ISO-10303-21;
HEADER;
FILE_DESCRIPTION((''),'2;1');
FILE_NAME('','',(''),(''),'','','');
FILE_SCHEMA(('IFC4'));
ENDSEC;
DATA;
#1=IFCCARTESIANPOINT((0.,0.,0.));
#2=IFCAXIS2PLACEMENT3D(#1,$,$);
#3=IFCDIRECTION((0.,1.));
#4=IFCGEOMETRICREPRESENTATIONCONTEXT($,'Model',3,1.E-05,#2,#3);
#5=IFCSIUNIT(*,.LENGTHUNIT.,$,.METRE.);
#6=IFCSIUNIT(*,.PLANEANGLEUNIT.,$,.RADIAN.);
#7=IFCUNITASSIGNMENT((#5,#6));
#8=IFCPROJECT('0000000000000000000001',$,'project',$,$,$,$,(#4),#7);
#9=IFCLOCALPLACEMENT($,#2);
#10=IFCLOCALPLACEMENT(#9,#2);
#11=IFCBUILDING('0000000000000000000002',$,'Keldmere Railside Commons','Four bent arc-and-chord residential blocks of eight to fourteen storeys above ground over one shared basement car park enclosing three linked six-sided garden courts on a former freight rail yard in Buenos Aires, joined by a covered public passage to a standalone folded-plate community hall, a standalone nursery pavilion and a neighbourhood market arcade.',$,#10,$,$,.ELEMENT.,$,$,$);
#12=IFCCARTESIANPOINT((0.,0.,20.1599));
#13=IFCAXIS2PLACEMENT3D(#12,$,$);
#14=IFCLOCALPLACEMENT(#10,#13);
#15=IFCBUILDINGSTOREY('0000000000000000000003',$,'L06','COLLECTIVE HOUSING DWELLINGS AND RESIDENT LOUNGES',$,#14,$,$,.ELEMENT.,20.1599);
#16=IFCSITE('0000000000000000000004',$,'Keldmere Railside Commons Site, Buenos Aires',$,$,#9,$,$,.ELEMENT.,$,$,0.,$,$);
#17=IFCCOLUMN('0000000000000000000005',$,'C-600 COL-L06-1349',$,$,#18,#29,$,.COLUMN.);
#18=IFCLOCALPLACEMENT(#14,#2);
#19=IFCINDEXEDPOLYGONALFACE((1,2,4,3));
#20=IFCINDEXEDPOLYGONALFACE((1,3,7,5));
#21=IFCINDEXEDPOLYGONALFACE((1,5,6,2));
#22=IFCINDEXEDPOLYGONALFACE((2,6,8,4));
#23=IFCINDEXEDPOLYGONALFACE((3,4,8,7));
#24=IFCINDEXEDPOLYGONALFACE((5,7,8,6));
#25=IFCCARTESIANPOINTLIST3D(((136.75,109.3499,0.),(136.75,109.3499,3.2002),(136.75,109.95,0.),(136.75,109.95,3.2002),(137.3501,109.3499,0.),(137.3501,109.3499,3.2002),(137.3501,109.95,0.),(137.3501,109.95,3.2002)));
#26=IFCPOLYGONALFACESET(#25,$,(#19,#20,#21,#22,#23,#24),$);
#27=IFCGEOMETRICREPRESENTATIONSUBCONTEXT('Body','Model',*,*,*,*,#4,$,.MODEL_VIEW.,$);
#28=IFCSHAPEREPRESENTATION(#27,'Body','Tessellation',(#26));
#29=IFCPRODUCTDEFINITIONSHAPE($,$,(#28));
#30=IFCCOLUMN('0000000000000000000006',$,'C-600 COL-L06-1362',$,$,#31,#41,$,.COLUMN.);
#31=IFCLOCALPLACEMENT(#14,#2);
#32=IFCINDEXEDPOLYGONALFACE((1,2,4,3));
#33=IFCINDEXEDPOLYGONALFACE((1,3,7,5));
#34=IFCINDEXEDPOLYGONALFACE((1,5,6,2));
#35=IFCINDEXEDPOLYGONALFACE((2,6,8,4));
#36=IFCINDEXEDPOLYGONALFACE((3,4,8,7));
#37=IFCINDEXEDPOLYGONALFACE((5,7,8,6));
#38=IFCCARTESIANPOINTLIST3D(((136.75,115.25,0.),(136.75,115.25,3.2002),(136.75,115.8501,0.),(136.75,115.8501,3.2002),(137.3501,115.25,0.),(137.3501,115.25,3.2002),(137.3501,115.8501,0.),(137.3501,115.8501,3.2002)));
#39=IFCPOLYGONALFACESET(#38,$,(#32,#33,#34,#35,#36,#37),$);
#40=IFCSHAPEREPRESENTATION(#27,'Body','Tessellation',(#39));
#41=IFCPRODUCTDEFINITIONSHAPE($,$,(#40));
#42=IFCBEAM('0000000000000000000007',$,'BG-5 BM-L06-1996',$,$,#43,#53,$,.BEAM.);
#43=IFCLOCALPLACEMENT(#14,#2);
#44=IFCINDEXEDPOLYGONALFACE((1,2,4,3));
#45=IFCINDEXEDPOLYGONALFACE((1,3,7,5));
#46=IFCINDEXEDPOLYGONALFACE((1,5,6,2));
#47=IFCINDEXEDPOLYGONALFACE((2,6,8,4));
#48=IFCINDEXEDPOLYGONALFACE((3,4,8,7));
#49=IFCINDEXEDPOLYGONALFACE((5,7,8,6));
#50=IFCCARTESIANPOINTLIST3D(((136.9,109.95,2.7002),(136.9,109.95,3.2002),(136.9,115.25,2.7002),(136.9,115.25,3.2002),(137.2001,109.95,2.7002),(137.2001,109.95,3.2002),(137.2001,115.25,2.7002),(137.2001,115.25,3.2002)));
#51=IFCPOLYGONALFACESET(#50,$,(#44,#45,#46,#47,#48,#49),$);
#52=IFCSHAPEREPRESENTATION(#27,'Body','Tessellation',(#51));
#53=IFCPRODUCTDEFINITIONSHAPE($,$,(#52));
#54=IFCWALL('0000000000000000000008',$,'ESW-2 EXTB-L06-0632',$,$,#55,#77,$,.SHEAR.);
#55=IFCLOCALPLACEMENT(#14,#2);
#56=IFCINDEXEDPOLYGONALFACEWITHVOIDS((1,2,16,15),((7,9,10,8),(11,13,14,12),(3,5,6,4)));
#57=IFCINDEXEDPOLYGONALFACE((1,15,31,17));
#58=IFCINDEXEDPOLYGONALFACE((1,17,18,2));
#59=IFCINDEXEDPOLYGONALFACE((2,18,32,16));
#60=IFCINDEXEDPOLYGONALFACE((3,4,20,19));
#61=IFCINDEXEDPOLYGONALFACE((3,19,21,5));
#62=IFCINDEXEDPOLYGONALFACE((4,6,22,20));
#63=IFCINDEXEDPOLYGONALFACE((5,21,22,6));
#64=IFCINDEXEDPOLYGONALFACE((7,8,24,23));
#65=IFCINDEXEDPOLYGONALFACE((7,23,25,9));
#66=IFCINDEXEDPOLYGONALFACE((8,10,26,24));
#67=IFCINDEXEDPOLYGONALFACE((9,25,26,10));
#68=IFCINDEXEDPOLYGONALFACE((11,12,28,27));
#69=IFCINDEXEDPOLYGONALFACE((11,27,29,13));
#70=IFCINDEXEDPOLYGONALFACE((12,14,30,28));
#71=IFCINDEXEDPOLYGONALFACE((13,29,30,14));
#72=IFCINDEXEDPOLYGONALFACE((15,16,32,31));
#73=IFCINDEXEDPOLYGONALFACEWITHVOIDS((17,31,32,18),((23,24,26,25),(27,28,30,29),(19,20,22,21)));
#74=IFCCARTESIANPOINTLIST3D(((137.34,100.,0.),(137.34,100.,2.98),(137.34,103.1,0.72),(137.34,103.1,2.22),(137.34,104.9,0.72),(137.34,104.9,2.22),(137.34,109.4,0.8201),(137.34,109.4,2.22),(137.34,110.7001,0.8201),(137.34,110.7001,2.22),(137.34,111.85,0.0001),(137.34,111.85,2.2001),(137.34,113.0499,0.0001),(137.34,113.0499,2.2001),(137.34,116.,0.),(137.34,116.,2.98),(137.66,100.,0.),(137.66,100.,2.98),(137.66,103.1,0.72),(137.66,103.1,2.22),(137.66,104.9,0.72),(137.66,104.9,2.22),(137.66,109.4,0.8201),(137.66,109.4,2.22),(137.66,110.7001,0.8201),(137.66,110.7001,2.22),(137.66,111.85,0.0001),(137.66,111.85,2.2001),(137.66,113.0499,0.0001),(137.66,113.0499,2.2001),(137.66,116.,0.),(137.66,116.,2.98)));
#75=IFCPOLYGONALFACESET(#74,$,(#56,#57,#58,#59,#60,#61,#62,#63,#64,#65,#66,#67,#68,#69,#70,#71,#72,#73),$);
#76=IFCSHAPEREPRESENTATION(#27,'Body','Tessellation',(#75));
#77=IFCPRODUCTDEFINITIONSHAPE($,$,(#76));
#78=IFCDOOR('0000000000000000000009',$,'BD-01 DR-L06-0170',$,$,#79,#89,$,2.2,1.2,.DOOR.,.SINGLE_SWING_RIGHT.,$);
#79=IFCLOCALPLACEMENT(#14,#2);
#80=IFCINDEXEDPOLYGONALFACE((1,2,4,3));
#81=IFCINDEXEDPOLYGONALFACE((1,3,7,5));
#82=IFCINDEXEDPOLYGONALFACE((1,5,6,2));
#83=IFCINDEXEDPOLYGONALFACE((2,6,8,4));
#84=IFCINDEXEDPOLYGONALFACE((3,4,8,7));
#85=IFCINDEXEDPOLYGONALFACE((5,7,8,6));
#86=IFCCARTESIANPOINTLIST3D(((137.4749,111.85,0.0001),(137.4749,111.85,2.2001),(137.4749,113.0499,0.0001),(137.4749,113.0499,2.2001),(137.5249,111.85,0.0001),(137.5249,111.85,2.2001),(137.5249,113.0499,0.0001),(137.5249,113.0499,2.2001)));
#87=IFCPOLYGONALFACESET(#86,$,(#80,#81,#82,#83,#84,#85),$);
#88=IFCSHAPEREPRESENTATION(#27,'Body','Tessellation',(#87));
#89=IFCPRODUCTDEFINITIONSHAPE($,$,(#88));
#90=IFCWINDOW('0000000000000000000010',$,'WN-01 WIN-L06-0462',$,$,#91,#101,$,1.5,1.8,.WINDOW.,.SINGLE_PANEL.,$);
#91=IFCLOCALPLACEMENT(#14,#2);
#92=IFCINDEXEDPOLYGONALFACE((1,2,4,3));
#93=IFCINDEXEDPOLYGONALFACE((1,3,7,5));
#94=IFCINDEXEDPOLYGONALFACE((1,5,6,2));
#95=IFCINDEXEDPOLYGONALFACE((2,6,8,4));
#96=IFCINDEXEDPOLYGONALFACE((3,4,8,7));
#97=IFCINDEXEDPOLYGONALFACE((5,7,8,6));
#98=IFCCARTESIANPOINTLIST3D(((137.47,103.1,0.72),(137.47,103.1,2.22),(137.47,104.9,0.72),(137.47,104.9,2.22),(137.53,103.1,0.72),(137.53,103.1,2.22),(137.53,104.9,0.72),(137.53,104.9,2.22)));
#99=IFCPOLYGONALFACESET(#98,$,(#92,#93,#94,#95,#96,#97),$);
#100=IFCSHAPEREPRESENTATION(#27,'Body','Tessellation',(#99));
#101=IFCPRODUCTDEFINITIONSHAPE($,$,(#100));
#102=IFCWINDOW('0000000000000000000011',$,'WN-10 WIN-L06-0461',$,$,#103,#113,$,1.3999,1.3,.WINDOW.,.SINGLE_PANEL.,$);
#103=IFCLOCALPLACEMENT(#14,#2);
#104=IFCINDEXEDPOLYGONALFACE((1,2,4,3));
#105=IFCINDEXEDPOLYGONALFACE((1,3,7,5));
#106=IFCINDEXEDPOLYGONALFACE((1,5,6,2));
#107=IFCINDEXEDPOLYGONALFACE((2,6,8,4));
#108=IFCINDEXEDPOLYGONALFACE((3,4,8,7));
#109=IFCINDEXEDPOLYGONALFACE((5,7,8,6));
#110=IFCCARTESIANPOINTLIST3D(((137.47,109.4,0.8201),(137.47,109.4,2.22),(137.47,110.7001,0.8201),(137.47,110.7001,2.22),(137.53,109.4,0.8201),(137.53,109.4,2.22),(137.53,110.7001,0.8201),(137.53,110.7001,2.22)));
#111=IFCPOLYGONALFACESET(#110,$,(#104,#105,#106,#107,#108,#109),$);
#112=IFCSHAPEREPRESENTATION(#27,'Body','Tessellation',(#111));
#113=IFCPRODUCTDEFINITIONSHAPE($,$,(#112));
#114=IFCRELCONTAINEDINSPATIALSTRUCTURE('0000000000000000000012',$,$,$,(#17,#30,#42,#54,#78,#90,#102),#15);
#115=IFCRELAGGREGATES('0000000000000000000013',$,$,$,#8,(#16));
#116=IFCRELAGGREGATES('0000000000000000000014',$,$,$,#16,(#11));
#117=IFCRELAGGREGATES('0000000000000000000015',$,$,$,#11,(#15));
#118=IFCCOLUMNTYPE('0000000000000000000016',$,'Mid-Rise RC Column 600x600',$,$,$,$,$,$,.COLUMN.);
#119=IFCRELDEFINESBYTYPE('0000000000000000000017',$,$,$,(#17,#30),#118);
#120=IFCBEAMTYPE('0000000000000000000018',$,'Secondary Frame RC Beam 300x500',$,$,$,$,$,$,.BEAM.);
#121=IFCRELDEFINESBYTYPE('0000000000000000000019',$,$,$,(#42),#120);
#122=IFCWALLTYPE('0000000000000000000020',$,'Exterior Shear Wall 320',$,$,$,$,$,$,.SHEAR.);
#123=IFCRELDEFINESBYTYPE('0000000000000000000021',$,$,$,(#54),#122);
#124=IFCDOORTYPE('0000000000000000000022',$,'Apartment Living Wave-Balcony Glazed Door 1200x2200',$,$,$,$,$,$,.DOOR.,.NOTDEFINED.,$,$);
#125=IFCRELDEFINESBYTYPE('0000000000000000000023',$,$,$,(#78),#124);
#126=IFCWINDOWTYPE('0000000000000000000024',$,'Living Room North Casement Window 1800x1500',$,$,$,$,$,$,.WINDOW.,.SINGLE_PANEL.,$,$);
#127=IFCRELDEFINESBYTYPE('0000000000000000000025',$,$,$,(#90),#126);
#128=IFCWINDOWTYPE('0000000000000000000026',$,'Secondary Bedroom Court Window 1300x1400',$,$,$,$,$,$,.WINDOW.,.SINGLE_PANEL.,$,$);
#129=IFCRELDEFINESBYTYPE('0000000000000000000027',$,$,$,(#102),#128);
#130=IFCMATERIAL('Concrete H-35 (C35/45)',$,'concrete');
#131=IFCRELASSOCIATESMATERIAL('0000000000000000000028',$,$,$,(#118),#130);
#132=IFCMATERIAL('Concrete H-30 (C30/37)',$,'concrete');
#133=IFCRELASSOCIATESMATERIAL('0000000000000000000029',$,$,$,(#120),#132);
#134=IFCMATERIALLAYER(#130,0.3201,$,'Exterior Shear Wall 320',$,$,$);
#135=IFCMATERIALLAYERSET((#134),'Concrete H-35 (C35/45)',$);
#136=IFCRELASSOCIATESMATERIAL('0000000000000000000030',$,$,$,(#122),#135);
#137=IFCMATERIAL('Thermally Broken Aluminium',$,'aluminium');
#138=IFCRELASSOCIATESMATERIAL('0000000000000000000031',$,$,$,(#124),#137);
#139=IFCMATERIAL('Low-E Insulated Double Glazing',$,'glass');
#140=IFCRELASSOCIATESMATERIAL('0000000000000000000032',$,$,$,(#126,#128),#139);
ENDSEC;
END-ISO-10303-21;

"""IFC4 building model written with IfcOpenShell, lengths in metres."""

from ifc_helpers import new_model, si_unit, direction, frame, frame_2d, origin, origin_2d, place, context, subcontext, project, spatial, rectangle, extrude, material, layer, layer_set, material_profile, profile_set, type_object, element, fill, save


model = new_model("IFC4")

# Units and contexts
model_context = context("Model", 3, precision=1e-05, world=origin(), true_north=direction((0.0, 1.0)))
body_context = subcontext(model_context, "Body", "Model", "MODEL_VIEW")
ifc_project = project(units=[si_unit("LENGTHUNIT", "METRE"), si_unit("PLANEANGLEUNIT", "RADIAN")], contexts=[model_context])

# Site, building, storey
site_placement = place(None, origin())
site = spatial("IfcSite", under=ifc_project, at=site_placement, Name="Keldmere Railside Commons Site, Buenos Aires", CompositionType="ELEMENT", RefElevation=0.0)
building_placement = place(site_placement, origin())
building = spatial("IfcBuilding", under=site, at=building_placement, Name="Keldmere Railside Commons", Description="Four bent arc-and-chord residential blocks of eight to fourteen storeys above ground over one shared basement car park enclosing three linked six-sided garden courts on a former freight rail yard in Buenos Aires, joined by a covered public passage to a standalone folded-plate community hall, a standalone nursery pavilion and a neighbourhood market arcade.", CompositionType="ELEMENT")
storey_placement = place(building_placement, frame((0.0, 0.0, 20.1599)))
storey = spatial("IfcBuildingStorey", under=building, at=storey_placement, Name="L06", Description="COLLECTIVE HOUSING DWELLINGS AND RESIDENT LOUNGES", CompositionType="ELEMENT", Elevation=20.1599)

# Columns
ifc_material_1 = material(Name="Concrete H-35 (C35/45)", Category="concrete")
ifc_material_profile_1 = material_profile(ifc_material_1, rectangle(XDim=0.6001, YDim=0.6001, at=origin_2d()), Name="RC-600x600")
ifc_profile_set_1 = profile_set([ifc_material_profile_1], Name="Concrete H-35 (C35/45)")
column_type = type_object("IfcColumnType", Name="Mid-Rise RC Column 600x600", PredefinedType="COLUMN", material=ifc_profile_set_1)
for number, where, z_axis, x_axis, name in (
    (1, (137.05, 109.6499, 0.0), (0.0, 0.0, 1.0), (1.0, 0.0, 0.0), "C-600 COL-L06-1349"),
    (2, (137.05, 115.55, 0.0), (0.0, 0.0, 1.0), (1.0, 0.0, 0.0), "C-600 COL-L06-1362"),
):
    element("IfcColumn", number, at=place(storey_placement, frame(where, z_axis=z_axis, x_axis=x_axis)), inside=storey, type_object=column_type, Name=name, PredefinedType="COLUMN", context=body_context, shape_type="SweptSolid", body=[
        extrude(rectangle(XDim=0.6001, YDim=0.6001, at=origin_2d()), origin(), (0.0, 0.0, 1.0), 3.2002),
    ])

# Beam
ifc_material_2 = material(Name="Concrete H-30 (C30/37)", Category="concrete")
ifc_material_profile_2 = material_profile(ifc_material_2, rectangle(XDim=0.3, YDim=0.5, at=origin_2d()), Name="RC-300x500")
ifc_profile_set_2 = profile_set([ifc_material_profile_2], Name="Concrete H-30 (C30/37)")
beam_type = type_object("IfcBeamType", Name="Secondary Frame RC Beam 300x500", PredefinedType="BEAM", material=ifc_profile_set_2)
beam_placement = place(storey_placement, frame((137.05, 109.95, 2.9502), z_axis=(0.0, 1.0, 0.0), x_axis=(-1.0, 0.0, 0.0)))
element("IfcBeam", 3, at=beam_placement, inside=storey, type_object=beam_type, Name="BG-5 BM-L06-1996", PredefinedType="BEAM", context=body_context, shape_type="SweptSolid", body=[
    extrude(rectangle(XDim=0.3, YDim=0.5, at=origin_2d()), origin(), (0.0, 0.0, 1.0), 5.3),
])

# Wall, openings, door, windows
ifc_layer_1 = layer(ifc_material_1, 0.3201, Name="Exterior Shear Wall 320")
ifc_layer_set_1 = layer_set([ifc_layer_1], Name="Concrete H-35 (C35/45)")
wall_type = type_object("IfcWallType", Name="Exterior Shear Wall 320", PredefinedType="SHEAR", material=ifc_layer_set_1)
wall_placement = place(storey_placement, frame((137.5, 116.0, 0.0), z_axis=(0.0, 0.0, 1.0), x_axis=(0.0, -1.0, 0.0)))
wall = element("IfcWall", 4, at=wall_placement, inside=storey, type_object=wall_type, Name="ESW-2 EXTB-L06-0632", PredefinedType="SHEAR", context=body_context, shape_type="SweptSolid", body=[
    extrude(rectangle(XDim=16.0, YDim=0.3201, at=frame_2d((8.0, 0.0))), origin(), (0.0, 0.0, 1.0), 2.98),
])
opening_1_placement = place(wall_placement, frame((2.95, 0.0, 0.0)))
opening_1 = element("IfcOpeningElement", 5, at=opening_1_placement, cuts=wall, PredefinedType="OPENING", context=body_context, shape_type="SweptSolid", body=[
    extrude(rectangle(XDim=1.2, YDim=2.2, at=frame_2d((0.6001, 1.1001))), frame((0.0, 0.1699, 0.0), z_axis=(0.0, -1.0, 0.0), x_axis=(1.0, 0.0, 0.0)), (0.0, 0.0, 1.0), 0.3401),
])
opening_2_placement = place(wall_placement, frame((5.3, 0.0, 0.8201)))
opening_2 = element("IfcOpeningElement", 6, at=opening_2_placement, cuts=wall, PredefinedType="OPENING", context=body_context, shape_type="SweptSolid", body=[
    extrude(rectangle(XDim=1.3, YDim=1.3999, at=frame_2d((0.6499, 0.7))), frame((0.0, 0.1699, 0.0), z_axis=(0.0, -1.0, 0.0), x_axis=(1.0, 0.0, 0.0)), (0.0, 0.0, 1.0), 0.3401),
])
opening_3_placement = place(wall_placement, frame((11.1001, 0.0, 0.72)))
opening_3 = element("IfcOpeningElement", 7, at=opening_3_placement, cuts=wall, PredefinedType="OPENING", context=body_context, shape_type="SweptSolid", body=[
    extrude(rectangle(XDim=1.8, YDim=1.5, at=frame_2d((0.8999, 0.75))), frame((0.0, 0.1699, 0.0), z_axis=(0.0, -1.0, 0.0), x_axis=(1.0, 0.0, 0.0)), (0.0, 0.0, 1.0), 0.3401),
])
ifc_material_3 = material(Name="Thermally Broken Aluminium", Category="aluminium")
door_type = type_object("IfcDoorType", Name="Apartment Living Wave-Balcony Glazed Door 1200x2200", OperationType="NOTDEFINED", PredefinedType="DOOR", material=ifc_material_3)
door_placement = place(opening_1_placement, origin())
door = element("IfcDoor", 8, at=door_placement, inside=storey, type_object=door_type, Name="BD-01 DR-L06-0170", OperationType="SINGLE_SWING_RIGHT", OverallHeight=2.2, OverallWidth=1.2, PredefinedType="DOOR", context=body_context, shape_type="SweptSolid", body=[
    extrude(rectangle(XDim=1.2, YDim=2.2, at=frame_2d((0.6001, 1.1001))), frame((0.0, 0.0249, 0.0), z_axis=(0.0, -1.0, 0.0), x_axis=(1.0, 0.0, 0.0)), (0.0, 0.0, 1.0), 0.05),
])
fill(opening_1, door)
ifc_material_4 = material(Name="Low-E Insulated Double Glazing", Category="glass")
window_type_1 = type_object("IfcWindowType", Name="Living Room North Casement Window 1800x1500", PartitioningType="SINGLE_PANEL", PredefinedType="WINDOW", material=ifc_material_4)
window_1_placement = place(opening_3_placement, origin())
window_1 = element("IfcWindow", 9, at=window_1_placement, inside=storey, type_object=window_type_1, Name="WN-01 WIN-L06-0462", OverallHeight=1.5, OverallWidth=1.8, PartitioningType="SINGLE_PANEL", PredefinedType="WINDOW", context=body_context, shape_type="SweptSolid", body=[
    extrude(rectangle(XDim=1.8, YDim=1.5, at=frame_2d((0.8999, 0.75))), frame((0.0, 0.03, 0.0), z_axis=(0.0, -1.0, 0.0), x_axis=(1.0, 0.0, 0.0)), (0.0, 0.0, 1.0), 0.0601),
])
fill(opening_3, window_1)
window_type_2 = type_object("IfcWindowType", Name="Secondary Bedroom Court Window 1300x1400", PartitioningType="SINGLE_PANEL", PredefinedType="WINDOW", material=ifc_material_4)
window_2_placement = place(opening_2_placement, origin())
window_2 = element("IfcWindow", 10, at=window_2_placement, inside=storey, type_object=window_type_2, Name="WN-10 WIN-L06-0461", OverallHeight=1.3999, OverallWidth=1.3, PartitioningType="SINGLE_PANEL", PredefinedType="WINDOW", context=body_context, shape_type="SweptSolid", body=[
    extrude(rectangle(XDim=1.3, YDim=1.3999, at=frame_2d((0.6499, 0.7))), frame((0.0, 0.03, 0.0), z_axis=(0.0, -1.0, 0.0), x_axis=(1.0, 0.0, 0.0)), (0.0, 0.0, 1.0), 0.0601),
])
fill(opening_2, window_2)

save(model, "model.ifc")
